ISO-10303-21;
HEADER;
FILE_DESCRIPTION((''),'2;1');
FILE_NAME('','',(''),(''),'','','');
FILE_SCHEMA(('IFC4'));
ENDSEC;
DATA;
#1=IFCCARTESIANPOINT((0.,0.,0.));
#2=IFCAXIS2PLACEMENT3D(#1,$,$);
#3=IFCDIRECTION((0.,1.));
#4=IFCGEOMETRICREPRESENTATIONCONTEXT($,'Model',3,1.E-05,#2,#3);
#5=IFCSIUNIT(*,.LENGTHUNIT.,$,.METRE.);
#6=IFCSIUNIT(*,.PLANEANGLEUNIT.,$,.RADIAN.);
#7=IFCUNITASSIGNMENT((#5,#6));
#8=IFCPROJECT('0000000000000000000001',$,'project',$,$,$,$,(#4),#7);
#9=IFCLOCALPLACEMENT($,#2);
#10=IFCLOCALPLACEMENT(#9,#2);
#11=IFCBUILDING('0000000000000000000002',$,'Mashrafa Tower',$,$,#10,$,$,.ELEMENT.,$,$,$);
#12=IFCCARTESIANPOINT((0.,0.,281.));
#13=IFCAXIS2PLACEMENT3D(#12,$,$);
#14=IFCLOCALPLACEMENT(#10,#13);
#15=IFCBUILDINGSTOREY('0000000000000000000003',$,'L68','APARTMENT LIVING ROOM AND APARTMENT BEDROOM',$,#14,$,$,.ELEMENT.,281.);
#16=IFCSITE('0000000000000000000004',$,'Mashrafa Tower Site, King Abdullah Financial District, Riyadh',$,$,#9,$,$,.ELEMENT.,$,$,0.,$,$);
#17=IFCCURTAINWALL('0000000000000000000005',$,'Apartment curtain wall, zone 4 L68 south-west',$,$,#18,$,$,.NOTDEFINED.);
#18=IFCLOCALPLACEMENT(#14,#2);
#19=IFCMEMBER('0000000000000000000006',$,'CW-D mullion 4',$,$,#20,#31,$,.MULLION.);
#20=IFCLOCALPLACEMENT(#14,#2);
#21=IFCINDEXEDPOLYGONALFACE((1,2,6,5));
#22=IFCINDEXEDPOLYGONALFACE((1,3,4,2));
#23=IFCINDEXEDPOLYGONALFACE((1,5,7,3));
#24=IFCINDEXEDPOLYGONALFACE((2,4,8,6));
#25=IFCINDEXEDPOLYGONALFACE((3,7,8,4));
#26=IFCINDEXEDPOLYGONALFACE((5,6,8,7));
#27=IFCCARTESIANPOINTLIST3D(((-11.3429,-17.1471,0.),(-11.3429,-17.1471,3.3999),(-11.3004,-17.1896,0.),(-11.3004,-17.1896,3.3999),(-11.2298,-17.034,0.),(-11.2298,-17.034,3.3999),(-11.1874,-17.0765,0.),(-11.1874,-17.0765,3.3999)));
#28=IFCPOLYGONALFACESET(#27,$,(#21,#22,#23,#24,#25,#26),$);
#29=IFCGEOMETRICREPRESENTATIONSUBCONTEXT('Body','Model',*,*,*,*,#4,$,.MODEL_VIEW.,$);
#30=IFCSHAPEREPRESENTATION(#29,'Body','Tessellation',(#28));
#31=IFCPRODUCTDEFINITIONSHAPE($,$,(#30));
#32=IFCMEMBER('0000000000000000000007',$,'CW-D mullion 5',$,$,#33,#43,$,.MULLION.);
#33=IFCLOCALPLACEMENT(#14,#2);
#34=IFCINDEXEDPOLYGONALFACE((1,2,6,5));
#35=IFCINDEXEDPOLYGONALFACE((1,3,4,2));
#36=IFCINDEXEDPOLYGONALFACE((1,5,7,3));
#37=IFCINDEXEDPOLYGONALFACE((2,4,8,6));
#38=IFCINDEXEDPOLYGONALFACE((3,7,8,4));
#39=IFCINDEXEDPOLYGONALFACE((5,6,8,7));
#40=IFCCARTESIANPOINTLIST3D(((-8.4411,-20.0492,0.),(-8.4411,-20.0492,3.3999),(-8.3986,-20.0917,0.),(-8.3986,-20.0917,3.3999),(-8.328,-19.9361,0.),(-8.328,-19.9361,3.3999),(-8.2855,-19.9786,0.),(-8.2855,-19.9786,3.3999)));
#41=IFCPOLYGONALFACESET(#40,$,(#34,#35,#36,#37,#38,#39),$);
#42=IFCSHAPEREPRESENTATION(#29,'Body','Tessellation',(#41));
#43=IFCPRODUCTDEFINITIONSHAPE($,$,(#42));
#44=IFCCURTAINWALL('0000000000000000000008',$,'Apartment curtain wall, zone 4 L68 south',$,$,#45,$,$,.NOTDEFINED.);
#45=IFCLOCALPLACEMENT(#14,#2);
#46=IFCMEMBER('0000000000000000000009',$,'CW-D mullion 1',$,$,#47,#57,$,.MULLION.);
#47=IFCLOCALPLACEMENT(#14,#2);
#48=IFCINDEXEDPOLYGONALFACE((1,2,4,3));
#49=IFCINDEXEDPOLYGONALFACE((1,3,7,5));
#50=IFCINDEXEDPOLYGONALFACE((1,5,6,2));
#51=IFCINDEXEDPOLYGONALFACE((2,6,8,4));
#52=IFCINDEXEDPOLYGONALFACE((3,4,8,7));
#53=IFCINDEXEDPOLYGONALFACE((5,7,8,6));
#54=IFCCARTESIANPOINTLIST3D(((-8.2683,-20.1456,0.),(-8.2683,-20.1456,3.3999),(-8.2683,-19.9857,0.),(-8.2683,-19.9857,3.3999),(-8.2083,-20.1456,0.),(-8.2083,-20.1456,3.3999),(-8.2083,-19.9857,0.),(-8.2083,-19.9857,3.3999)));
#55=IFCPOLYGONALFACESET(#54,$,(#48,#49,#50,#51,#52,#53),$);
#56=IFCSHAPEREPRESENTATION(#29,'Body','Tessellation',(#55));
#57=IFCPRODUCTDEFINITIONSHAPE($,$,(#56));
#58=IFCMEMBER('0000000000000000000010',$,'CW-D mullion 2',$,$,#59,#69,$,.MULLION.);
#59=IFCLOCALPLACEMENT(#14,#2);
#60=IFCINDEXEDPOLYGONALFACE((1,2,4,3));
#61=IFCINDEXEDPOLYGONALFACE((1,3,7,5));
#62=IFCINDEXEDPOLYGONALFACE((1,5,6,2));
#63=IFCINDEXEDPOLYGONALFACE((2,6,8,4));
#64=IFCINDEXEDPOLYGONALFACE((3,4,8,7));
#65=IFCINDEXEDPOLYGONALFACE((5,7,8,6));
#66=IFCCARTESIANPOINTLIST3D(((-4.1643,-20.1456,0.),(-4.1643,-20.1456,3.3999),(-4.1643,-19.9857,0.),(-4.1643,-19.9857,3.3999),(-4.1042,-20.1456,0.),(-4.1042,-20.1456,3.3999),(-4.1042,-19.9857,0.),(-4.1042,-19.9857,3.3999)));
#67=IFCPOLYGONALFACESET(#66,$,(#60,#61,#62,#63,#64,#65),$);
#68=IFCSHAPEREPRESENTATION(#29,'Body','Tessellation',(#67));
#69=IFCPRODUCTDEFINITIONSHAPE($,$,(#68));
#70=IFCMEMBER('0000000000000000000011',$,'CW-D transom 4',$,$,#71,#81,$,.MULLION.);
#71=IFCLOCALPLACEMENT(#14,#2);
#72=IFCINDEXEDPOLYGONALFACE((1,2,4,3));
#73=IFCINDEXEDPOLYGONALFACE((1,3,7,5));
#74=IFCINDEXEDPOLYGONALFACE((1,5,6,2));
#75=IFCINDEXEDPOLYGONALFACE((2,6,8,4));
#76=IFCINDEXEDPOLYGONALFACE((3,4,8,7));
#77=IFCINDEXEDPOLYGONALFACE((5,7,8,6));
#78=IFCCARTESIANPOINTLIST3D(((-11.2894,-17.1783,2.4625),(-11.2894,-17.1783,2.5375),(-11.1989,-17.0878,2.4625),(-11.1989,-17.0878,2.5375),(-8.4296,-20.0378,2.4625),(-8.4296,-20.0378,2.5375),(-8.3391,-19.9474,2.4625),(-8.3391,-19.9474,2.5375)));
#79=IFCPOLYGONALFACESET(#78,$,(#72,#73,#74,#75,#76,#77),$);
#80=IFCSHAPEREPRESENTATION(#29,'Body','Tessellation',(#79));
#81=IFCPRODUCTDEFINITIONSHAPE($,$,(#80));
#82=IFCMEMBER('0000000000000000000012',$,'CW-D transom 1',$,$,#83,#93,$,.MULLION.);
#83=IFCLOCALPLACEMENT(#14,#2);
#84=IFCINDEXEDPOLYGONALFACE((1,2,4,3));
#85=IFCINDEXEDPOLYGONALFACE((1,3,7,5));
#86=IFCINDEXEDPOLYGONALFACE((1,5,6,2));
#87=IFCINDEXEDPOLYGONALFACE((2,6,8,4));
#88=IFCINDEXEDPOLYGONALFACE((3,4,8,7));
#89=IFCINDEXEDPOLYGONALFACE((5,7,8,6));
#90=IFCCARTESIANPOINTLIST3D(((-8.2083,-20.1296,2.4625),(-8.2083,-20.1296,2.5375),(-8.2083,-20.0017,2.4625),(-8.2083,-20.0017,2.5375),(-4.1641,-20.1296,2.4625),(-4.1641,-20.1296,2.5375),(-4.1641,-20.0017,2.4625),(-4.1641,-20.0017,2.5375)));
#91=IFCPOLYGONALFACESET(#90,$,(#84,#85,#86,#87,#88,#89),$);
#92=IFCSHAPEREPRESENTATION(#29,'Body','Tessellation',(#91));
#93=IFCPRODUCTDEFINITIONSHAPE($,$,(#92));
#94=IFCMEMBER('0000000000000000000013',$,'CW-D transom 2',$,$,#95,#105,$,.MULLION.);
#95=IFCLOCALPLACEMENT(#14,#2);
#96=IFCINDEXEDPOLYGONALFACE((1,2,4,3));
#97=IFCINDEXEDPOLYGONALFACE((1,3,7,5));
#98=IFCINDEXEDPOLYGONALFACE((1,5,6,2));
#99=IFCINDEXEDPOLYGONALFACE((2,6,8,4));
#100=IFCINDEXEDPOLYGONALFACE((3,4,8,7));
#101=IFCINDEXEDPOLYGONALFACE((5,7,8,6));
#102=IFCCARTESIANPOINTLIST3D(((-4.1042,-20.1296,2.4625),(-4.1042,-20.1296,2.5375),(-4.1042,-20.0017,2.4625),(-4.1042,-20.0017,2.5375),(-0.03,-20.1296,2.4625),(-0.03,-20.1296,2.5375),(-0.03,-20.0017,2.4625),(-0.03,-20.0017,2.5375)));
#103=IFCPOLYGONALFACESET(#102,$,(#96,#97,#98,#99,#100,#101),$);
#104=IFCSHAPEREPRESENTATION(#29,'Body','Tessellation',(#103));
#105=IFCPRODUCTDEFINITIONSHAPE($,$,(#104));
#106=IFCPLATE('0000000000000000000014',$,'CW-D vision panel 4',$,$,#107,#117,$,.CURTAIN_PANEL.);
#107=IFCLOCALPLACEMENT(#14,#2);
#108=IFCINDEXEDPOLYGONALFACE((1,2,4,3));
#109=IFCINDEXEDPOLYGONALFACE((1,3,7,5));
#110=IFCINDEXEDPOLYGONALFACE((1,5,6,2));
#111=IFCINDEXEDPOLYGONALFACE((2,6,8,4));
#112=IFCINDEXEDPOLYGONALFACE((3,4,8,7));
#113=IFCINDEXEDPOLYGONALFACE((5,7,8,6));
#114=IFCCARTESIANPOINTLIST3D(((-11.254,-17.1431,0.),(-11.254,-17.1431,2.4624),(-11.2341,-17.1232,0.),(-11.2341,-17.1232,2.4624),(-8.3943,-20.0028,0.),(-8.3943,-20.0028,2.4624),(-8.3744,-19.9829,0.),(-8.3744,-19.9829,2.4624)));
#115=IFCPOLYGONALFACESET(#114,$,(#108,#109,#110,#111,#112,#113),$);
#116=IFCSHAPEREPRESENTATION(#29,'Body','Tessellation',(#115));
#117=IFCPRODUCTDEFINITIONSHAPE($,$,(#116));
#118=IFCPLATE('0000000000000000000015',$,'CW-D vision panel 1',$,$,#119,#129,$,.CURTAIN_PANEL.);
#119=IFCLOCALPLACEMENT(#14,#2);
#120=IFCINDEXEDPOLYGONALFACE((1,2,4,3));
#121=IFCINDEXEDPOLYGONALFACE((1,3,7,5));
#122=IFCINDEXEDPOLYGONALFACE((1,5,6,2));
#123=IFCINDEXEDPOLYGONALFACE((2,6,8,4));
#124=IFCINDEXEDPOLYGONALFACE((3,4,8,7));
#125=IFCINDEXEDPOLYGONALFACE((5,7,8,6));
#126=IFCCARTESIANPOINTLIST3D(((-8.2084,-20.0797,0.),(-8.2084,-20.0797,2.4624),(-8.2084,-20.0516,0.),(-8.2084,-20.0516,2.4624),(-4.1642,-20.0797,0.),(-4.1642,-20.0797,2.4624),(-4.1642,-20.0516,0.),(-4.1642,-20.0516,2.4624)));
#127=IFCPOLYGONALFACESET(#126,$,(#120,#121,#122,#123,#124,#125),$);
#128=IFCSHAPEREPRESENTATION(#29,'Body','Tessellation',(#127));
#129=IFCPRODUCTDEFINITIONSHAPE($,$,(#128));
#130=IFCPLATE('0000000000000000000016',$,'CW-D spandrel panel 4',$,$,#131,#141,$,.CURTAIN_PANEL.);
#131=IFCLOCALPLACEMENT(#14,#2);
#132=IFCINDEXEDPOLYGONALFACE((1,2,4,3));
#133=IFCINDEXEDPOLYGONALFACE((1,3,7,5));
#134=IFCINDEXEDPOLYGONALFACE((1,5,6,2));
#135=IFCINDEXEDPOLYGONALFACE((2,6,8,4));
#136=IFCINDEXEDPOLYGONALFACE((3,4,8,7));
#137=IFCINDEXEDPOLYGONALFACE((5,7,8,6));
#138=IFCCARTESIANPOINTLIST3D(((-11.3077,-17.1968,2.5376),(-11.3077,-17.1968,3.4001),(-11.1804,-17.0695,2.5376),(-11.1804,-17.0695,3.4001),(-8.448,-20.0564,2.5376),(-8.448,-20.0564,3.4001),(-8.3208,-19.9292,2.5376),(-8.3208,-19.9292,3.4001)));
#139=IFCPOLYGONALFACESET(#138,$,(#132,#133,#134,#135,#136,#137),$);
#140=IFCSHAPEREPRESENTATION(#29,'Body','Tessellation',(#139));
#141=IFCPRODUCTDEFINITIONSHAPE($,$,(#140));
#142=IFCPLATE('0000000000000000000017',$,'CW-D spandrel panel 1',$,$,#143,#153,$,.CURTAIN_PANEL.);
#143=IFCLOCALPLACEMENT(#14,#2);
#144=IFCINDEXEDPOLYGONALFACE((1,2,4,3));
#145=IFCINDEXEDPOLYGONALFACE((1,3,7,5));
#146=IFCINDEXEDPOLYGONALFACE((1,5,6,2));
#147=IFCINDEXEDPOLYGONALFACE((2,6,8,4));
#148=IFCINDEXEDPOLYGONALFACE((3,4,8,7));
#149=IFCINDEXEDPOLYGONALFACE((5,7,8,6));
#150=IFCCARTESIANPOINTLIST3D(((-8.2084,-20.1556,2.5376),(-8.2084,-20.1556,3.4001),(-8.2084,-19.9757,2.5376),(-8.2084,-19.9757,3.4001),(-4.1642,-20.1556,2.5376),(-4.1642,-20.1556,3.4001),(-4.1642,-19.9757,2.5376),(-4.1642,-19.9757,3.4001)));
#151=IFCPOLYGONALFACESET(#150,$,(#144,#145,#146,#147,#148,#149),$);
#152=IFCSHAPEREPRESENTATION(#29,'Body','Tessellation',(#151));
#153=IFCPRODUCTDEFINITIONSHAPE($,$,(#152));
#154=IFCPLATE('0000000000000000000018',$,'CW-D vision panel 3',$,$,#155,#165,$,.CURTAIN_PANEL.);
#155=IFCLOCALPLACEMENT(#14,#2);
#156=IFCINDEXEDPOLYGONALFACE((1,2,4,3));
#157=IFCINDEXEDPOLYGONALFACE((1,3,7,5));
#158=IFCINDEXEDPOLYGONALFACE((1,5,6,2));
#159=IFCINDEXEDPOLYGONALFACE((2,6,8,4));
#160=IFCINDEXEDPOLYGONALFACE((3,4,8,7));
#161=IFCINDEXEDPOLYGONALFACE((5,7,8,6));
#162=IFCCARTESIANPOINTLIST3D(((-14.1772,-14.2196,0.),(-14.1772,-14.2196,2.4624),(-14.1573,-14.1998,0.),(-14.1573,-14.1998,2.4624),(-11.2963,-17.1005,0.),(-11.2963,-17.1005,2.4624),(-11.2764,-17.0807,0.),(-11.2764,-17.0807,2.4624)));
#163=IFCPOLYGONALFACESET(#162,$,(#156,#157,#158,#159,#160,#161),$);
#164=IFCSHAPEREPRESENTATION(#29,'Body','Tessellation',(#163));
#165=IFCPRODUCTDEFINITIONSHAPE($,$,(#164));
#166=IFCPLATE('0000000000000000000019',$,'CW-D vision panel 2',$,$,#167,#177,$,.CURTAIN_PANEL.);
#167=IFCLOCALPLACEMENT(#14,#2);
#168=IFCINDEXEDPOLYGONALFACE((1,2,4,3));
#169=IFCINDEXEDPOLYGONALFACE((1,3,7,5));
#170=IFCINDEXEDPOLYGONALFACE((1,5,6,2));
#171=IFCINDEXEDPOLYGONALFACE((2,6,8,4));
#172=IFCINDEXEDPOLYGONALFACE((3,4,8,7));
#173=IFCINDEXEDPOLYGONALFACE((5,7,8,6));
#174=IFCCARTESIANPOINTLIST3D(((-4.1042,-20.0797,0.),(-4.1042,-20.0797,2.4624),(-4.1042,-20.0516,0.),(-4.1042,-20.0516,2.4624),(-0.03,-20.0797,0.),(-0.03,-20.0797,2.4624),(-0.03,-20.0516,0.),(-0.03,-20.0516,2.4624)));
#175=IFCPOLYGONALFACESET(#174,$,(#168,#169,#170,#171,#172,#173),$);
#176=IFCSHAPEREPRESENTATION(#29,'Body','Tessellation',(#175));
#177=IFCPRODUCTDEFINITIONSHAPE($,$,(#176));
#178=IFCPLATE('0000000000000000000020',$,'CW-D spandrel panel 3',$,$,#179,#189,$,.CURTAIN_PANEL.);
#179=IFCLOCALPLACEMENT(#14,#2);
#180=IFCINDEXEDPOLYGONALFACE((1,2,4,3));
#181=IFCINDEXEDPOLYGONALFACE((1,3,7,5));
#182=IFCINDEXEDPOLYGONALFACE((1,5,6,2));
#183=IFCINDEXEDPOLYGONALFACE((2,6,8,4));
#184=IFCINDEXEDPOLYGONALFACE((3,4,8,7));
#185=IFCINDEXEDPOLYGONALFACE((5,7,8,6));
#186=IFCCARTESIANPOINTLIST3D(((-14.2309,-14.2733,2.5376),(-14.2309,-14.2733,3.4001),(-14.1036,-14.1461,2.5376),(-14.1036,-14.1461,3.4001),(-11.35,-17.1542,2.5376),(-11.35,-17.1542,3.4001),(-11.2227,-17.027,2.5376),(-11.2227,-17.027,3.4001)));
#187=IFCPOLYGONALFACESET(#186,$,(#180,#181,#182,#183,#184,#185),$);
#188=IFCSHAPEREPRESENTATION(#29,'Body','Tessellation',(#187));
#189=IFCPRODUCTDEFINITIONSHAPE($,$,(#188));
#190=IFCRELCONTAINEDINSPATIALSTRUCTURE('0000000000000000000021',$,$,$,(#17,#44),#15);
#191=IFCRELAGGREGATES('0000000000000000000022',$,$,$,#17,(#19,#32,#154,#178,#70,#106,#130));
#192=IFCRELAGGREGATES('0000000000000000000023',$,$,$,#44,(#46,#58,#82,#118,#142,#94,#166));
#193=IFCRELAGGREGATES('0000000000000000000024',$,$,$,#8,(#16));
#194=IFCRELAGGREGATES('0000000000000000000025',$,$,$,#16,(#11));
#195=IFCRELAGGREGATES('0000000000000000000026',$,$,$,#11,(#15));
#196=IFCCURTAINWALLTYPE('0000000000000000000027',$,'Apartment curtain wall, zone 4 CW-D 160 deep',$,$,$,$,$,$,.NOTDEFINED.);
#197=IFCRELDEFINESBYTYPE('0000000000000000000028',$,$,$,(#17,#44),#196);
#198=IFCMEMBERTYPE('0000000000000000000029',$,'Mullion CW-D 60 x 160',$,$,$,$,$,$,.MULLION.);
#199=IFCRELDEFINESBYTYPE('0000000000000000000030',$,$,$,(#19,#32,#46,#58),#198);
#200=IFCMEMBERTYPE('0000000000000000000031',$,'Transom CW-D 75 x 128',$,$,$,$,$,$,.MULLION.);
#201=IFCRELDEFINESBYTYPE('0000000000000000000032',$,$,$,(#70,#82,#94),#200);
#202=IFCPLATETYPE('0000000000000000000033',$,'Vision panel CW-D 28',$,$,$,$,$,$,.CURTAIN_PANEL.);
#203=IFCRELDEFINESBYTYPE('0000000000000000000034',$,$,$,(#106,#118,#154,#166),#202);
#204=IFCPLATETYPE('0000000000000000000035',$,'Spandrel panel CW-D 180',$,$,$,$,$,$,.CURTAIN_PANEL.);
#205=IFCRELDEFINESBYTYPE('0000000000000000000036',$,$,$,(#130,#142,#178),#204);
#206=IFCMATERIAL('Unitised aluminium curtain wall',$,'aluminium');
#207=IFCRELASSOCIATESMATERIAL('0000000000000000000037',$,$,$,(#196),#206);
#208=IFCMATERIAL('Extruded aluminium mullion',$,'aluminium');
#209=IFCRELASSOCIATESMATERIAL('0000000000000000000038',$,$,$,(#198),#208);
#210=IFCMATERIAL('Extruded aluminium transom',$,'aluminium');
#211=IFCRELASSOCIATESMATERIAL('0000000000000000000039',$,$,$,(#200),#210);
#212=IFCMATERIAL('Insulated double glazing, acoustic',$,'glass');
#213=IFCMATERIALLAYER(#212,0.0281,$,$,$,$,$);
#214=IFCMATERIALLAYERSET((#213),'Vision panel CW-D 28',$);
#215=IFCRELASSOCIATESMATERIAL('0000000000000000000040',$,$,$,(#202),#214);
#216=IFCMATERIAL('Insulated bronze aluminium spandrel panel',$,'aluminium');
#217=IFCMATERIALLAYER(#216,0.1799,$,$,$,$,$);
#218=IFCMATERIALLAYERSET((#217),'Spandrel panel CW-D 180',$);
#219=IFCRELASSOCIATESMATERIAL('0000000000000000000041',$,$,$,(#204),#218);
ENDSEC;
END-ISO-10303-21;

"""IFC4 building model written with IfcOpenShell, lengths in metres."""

from ifc_helpers import new_model, si_unit, direction, frame, origin, origin_2d, place, context, subcontext, project, spatial, rectangle, extrude, source, transform, mapped, material, layer, layer_set, material_profile, profile_set, type_object, type_shapes, element, aggregate, save


model = new_model("IFC4")

# Units and contexts
model_context = context("Model", 3, precision=1e-05, world=origin(), true_north=direction((0.0, 1.0)))
body_context = subcontext(model_context, "Body", "Model", "MODEL_VIEW")
ifc_project = project(units=[si_unit("LENGTHUNIT", "METRE"), si_unit("PLANEANGLEUNIT", "RADIAN")], contexts=[model_context])

# Site, building, storey
site_placement = place(None, origin())
site = spatial("IfcSite", under=ifc_project, at=site_placement, Name="Mashrafa Tower Site, King Abdullah Financial District, Riyadh", CompositionType="ELEMENT", RefElevation=0.0)
building_placement = place(site_placement, origin())
building = spatial("IfcBuilding", under=site, at=building_placement, Name="Mashrafa Tower", CompositionType="ELEMENT")
storey_placement = place(building_placement, frame((0.0, 0.0, 281.0)))
storey = spatial("IfcBuildingStorey", under=building, at=storey_placement, Name="L68", Description="APARTMENT LIVING ROOM AND APARTMENT BEDROOM", CompositionType="ELEMENT", Elevation=281.0)

# Curtain walls, members
ifc_material_1 = material(Name="Unitised aluminium curtain wall", Category="aluminium")
curtain_wall_type = type_object("IfcCurtainWallType", Name="Apartment curtain wall, zone 4 CW-D 160 deep", PredefinedType="NOTDEFINED", material=ifc_material_1)
curtain_wall_1_placement = place(storey_placement, origin())
curtain_wall_1 = element("IfcCurtainWall", 1, at=curtain_wall_1_placement, inside=storey, type_object=curtain_wall_type, Name="Apartment curtain wall, zone 4 L68 south-west", PredefinedType="NOTDEFINED")
ifc_material_2 = material(Name="Extruded aluminium mullion", Category="aluminium")
ifc_material_profile_1 = material_profile(ifc_material_2, rectangle(XDim=0.1599, YDim=0.0601, at=origin_2d()), Name="Mullion 60x160")
ifc_profile_set_1 = profile_set([ifc_material_profile_1], Name="Extruded aluminium mullion")
member_type_1 = type_object("IfcMemberType", Name="Mullion CW-D 60 x 160", PredefinedType="MULLION", material=ifc_profile_set_1)
shared_shape_1 = source(origin(), body_context, "Body", "SweptSolid", [
    extrude(rectangle(XDim=0.1599, YDim=0.0601, at=origin_2d()), origin(), (0.0, 0.0, 1.0), 3.3999),
])
type_shapes(member_type_1, [shared_shape_1])
member_1_placement = place(storey_placement, frame((-11.2651, -17.1118, 0.0), z_axis=(0.0, 0.0, 1.0), x_axis=(0.707107, 0.707107, 0.0)))
member_1 = element("IfcMember", 2, at=member_1_placement, type_object=member_type_1, Name="CW-D mullion 4", PredefinedType="MULLION", context=body_context, shape_type="MappedRepresentation", body=[
    mapped(shared_shape_1, transform((0.0, 0.0, 0.0))),
])
member_2_placement = place(storey_placement, frame((-8.3633, -20.0139, 0.0), z_axis=(0.0, 0.0, 1.0), x_axis=(0.707107, 0.707107, 0.0)))
member_2 = element("IfcMember", 3, at=member_2_placement, type_object=member_type_1, Name="CW-D mullion 5", PredefinedType="MULLION", context=body_context, shape_type="MappedRepresentation", body=[
    mapped(shared_shape_1, transform((0.0, 0.0, 0.0))),
])
curtain_wall_2_placement = place(storey_placement, origin())
curtain_wall_2 = element("IfcCurtainWall", 4, at=curtain_wall_2_placement, inside=storey, type_object=curtain_wall_type, Name="Apartment curtain wall, zone 4 L68 south", PredefinedType="NOTDEFINED")
member_3_placement = place(storey_placement, frame((-8.2383, -20.0657, 0.0), z_axis=(0.0, 0.0, 1.0), x_axis=(0.0, 1.0, 0.0)))
member_3 = element("IfcMember", 5, at=member_3_placement, type_object=member_type_1, Name="CW-D mullion 1", PredefinedType="MULLION", context=body_context, shape_type="MappedRepresentation", body=[
    mapped(shared_shape_1, transform((0.0, 0.0, 0.0))),
])
member_4_placement = place(storey_placement, frame((-4.1343, -20.0657, 0.0), z_axis=(0.0, 0.0, 1.0), x_axis=(0.0, 1.0, 0.0)))
member_4 = element("IfcMember", 6, at=member_4_placement, type_object=member_type_1, Name="CW-D mullion 2", PredefinedType="MULLION", context=body_context, shape_type="MappedRepresentation", body=[
    mapped(shared_shape_1, transform((0.0, 0.0, 0.0))),
])

# Members
ifc_material_3 = material(Name="Extruded aluminium transom", Category="aluminium")
ifc_material_profile_2 = material_profile(ifc_material_3, rectangle(XDim=0.1279, YDim=0.075, at=origin_2d()), Name="Transom 75x128")
ifc_profile_set_2 = profile_set([ifc_material_profile_2], Name="Extruded aluminium transom")
member_type_2 = type_object("IfcMemberType", Name="Transom CW-D 75 x 128", PredefinedType="MULLION", material=ifc_profile_set_2)
shared_shape_2 = source(origin(), body_context, "Body", "SweptSolid", [
    extrude(rectangle(XDim=0.1279, YDim=0.075, at=origin_2d()), origin(), (0.0, 0.0, 1.0), 4.0442),
])
member_5_placement = place(storey_placement, frame((-11.2441, -17.1331, 2.5), z_axis=(0.707137, -0.707077, 0.0), x_axis=(0.707077, 0.707137, 0.0)))
member_5 = element("IfcMember", 7, at=member_5_placement, type_object=member_type_2, Name="CW-D transom 4", PredefinedType="MULLION", context=body_context, shape_type="MappedRepresentation", body=[
    mapped(shared_shape_2, transform((0.0, 0.0, 0.0))),
])
member_6_placement = place(storey_placement, frame((-8.2083, -20.0657, 2.5), z_axis=(1.0, 0.0, 0.0), x_axis=(0.0, 1.0, 0.0)))
member_6 = element("IfcMember", 8, at=member_6_placement, type_object=member_type_2, Name="CW-D transom 1", PredefinedType="MULLION", context=body_context, shape_type="MappedRepresentation", body=[
    mapped(shared_shape_2, transform((0.0, 0.0, 0.0))),
])
shared_shape_3 = source(origin(), body_context, "Body", "SweptSolid", [
    extrude(rectangle(XDim=0.1279, YDim=0.075, at=origin_2d()), origin(), (0.0, 0.0, 1.0), 4.0742),
])
type_shapes(member_type_2, [shared_shape_2, shared_shape_3])
member_7_placement = place(storey_placement, frame((-4.1042, -20.0657, 2.5), z_axis=(1.0, 0.0, 0.0), x_axis=(0.0, 1.0, 0.0)))
member_7 = element("IfcMember", 9, at=member_7_placement, type_object=member_type_2, Name="CW-D transom 2", PredefinedType="MULLION", context=body_context, shape_type="MappedRepresentation", body=[
    mapped(shared_shape_3, transform((0.0, 0.0, 0.0))),
])

# Plates
ifc_material_4 = material(Name="Insulated double glazing, acoustic", Category="glass")
ifc_layer_1 = layer(ifc_material_4, 0.0281)
ifc_layer_set_1 = layer_set([ifc_layer_1], Name="Vision panel CW-D 28")
plate_type_1 = type_object("IfcPlateType", Name="Vision panel CW-D 28", PredefinedType="CURTAIN_PANEL", material=ifc_layer_set_1)
shared_shape_4 = source(origin(), body_context, "Body", "SweptSolid", [
    extrude(rectangle(XDim=4.0442, YDim=0.0281, at=origin_2d()), origin(), (0.0, 0.0, 1.0), 2.4624),
])
plate_1_placement = place(storey_placement, frame((-9.8142, -18.563, 0.0), z_axis=(0.0, 0.0, 1.0), x_axis=(0.707107, -0.707107, 0.0)))
plate_1 = element("IfcPlate", 10, at=plate_1_placement, type_object=plate_type_1, Name="CW-D vision panel 4", PredefinedType="CURTAIN_PANEL", context=body_context, shape_type="MappedRepresentation", body=[
    mapped(shared_shape_4, transform((0.0, 0.0, 0.0))),
])
plate_2_placement = place(storey_placement, frame((-6.1863, -20.0657, 0.0), z_axis=(0.0, 0.0, 1.0), x_axis=(1.0, 0.0, 0.0)))
plate_2 = element("IfcPlate", 11, at=plate_2_placement, type_object=plate_type_1, Name="CW-D vision panel 1", PredefinedType="CURTAIN_PANEL", context=body_context, shape_type="MappedRepresentation", body=[
    mapped(shared_shape_4, transform((0.0, 0.0, 0.0))),
])
ifc_material_5 = material(Name="Insulated bronze aluminium spandrel panel", Category="aluminium")
ifc_layer_2 = layer(ifc_material_5, 0.1799)
ifc_layer_set_2 = layer_set([ifc_layer_2], Name="Spandrel panel CW-D 180")
plate_type_2 = type_object("IfcPlateType", Name="Spandrel panel CW-D 180", PredefinedType="CURTAIN_PANEL", material=ifc_layer_set_2)
shared_shape_5 = source(origin(), body_context, "Body", "SweptSolid", [
    extrude(rectangle(XDim=4.0442, YDim=0.1799, at=origin_2d()), origin(), (0.0, 0.0, 1.0), 0.8625),
])
plate_3_placement = place(storey_placement, frame((-9.8142, -18.563, 2.5376), z_axis=(0.0, 0.0, 1.0), x_axis=(0.707107, -0.707107, 0.0)))
plate_3 = element("IfcPlate", 12, at=plate_3_placement, type_object=plate_type_2, Name="CW-D spandrel panel 4", PredefinedType="CURTAIN_PANEL", context=body_context, shape_type="MappedRepresentation", body=[
    mapped(shared_shape_5, transform((0.0, 0.0, 0.0))),
])
plate_4_placement = place(storey_placement, frame((-6.1863, -20.0657, 2.5376), z_axis=(0.0, 0.0, 1.0), x_axis=(1.0, 0.0, 0.0)))
plate_4 = element("IfcPlate", 13, at=plate_4_placement, type_object=plate_type_2, Name="CW-D spandrel panel 1", PredefinedType="CURTAIN_PANEL", context=body_context, shape_type="MappedRepresentation", body=[
    mapped(shared_shape_5, transform((0.0, 0.0, 0.0))),
])
shared_shape_6 = source(origin(), body_context, "Body", "SweptSolid", [
    extrude(rectangle(XDim=4.0742, YDim=0.0281, at=origin_2d()), origin(), (0.0, 0.0, 1.0), 2.4624),
])
type_shapes(plate_type_1, [shared_shape_4, shared_shape_6])
plate_5_placement = place(storey_placement, frame((-12.7268, -15.6501, 0.0), z_axis=(0.0, 0.0, 1.0), x_axis=(0.707107, -0.707107, 0.0)))
plate_5 = element("IfcPlate", 14, at=plate_5_placement, type_object=plate_type_1, Name="CW-D vision panel 3", PredefinedType="CURTAIN_PANEL", context=body_context, shape_type="MappedRepresentation", body=[
    mapped(shared_shape_6, transform((0.0, 0.0, 0.0))),
])
plate_6_placement = place(storey_placement, frame((-2.0671, -20.0657, 0.0), z_axis=(0.0, 0.0, 1.0), x_axis=(1.0, 0.0, 0.0)))
plate_6 = element("IfcPlate", 15, at=plate_6_placement, type_object=plate_type_1, Name="CW-D vision panel 2", PredefinedType="CURTAIN_PANEL", context=body_context, shape_type="MappedRepresentation", body=[
    mapped(shared_shape_6, transform((0.0, 0.0, 0.0))),
])
shared_shape_7 = source(origin(), body_context, "Body", "SweptSolid", [
    extrude(rectangle(XDim=4.0742, YDim=0.1799, at=origin_2d()), origin(), (0.0, 0.0, 1.0), 0.8625),
])
type_shapes(plate_type_2, [shared_shape_5, shared_shape_7])
plate_7_placement = place(storey_placement, frame((-12.7268, -15.6501, 2.5376), z_axis=(0.0, 0.0, 1.0), x_axis=(0.707107, -0.707107, 0.0)))
plate_7 = element("IfcPlate", 16, at=plate_7_placement, type_object=plate_type_2, Name="CW-D spandrel panel 3", PredefinedType="CURTAIN_PANEL", context=body_context, shape_type="MappedRepresentation", body=[
    mapped(shared_shape_7, transform((0.0, 0.0, 0.0))),
])
aggregate(curtain_wall_1, [member_1, member_2, plate_5, plate_7, member_5, plate_1, plate_3])
aggregate(curtain_wall_2, [member_3, member_4, member_6, plate_2, plate_4, member_7, plate_6])

save(model, "model.ifc")
